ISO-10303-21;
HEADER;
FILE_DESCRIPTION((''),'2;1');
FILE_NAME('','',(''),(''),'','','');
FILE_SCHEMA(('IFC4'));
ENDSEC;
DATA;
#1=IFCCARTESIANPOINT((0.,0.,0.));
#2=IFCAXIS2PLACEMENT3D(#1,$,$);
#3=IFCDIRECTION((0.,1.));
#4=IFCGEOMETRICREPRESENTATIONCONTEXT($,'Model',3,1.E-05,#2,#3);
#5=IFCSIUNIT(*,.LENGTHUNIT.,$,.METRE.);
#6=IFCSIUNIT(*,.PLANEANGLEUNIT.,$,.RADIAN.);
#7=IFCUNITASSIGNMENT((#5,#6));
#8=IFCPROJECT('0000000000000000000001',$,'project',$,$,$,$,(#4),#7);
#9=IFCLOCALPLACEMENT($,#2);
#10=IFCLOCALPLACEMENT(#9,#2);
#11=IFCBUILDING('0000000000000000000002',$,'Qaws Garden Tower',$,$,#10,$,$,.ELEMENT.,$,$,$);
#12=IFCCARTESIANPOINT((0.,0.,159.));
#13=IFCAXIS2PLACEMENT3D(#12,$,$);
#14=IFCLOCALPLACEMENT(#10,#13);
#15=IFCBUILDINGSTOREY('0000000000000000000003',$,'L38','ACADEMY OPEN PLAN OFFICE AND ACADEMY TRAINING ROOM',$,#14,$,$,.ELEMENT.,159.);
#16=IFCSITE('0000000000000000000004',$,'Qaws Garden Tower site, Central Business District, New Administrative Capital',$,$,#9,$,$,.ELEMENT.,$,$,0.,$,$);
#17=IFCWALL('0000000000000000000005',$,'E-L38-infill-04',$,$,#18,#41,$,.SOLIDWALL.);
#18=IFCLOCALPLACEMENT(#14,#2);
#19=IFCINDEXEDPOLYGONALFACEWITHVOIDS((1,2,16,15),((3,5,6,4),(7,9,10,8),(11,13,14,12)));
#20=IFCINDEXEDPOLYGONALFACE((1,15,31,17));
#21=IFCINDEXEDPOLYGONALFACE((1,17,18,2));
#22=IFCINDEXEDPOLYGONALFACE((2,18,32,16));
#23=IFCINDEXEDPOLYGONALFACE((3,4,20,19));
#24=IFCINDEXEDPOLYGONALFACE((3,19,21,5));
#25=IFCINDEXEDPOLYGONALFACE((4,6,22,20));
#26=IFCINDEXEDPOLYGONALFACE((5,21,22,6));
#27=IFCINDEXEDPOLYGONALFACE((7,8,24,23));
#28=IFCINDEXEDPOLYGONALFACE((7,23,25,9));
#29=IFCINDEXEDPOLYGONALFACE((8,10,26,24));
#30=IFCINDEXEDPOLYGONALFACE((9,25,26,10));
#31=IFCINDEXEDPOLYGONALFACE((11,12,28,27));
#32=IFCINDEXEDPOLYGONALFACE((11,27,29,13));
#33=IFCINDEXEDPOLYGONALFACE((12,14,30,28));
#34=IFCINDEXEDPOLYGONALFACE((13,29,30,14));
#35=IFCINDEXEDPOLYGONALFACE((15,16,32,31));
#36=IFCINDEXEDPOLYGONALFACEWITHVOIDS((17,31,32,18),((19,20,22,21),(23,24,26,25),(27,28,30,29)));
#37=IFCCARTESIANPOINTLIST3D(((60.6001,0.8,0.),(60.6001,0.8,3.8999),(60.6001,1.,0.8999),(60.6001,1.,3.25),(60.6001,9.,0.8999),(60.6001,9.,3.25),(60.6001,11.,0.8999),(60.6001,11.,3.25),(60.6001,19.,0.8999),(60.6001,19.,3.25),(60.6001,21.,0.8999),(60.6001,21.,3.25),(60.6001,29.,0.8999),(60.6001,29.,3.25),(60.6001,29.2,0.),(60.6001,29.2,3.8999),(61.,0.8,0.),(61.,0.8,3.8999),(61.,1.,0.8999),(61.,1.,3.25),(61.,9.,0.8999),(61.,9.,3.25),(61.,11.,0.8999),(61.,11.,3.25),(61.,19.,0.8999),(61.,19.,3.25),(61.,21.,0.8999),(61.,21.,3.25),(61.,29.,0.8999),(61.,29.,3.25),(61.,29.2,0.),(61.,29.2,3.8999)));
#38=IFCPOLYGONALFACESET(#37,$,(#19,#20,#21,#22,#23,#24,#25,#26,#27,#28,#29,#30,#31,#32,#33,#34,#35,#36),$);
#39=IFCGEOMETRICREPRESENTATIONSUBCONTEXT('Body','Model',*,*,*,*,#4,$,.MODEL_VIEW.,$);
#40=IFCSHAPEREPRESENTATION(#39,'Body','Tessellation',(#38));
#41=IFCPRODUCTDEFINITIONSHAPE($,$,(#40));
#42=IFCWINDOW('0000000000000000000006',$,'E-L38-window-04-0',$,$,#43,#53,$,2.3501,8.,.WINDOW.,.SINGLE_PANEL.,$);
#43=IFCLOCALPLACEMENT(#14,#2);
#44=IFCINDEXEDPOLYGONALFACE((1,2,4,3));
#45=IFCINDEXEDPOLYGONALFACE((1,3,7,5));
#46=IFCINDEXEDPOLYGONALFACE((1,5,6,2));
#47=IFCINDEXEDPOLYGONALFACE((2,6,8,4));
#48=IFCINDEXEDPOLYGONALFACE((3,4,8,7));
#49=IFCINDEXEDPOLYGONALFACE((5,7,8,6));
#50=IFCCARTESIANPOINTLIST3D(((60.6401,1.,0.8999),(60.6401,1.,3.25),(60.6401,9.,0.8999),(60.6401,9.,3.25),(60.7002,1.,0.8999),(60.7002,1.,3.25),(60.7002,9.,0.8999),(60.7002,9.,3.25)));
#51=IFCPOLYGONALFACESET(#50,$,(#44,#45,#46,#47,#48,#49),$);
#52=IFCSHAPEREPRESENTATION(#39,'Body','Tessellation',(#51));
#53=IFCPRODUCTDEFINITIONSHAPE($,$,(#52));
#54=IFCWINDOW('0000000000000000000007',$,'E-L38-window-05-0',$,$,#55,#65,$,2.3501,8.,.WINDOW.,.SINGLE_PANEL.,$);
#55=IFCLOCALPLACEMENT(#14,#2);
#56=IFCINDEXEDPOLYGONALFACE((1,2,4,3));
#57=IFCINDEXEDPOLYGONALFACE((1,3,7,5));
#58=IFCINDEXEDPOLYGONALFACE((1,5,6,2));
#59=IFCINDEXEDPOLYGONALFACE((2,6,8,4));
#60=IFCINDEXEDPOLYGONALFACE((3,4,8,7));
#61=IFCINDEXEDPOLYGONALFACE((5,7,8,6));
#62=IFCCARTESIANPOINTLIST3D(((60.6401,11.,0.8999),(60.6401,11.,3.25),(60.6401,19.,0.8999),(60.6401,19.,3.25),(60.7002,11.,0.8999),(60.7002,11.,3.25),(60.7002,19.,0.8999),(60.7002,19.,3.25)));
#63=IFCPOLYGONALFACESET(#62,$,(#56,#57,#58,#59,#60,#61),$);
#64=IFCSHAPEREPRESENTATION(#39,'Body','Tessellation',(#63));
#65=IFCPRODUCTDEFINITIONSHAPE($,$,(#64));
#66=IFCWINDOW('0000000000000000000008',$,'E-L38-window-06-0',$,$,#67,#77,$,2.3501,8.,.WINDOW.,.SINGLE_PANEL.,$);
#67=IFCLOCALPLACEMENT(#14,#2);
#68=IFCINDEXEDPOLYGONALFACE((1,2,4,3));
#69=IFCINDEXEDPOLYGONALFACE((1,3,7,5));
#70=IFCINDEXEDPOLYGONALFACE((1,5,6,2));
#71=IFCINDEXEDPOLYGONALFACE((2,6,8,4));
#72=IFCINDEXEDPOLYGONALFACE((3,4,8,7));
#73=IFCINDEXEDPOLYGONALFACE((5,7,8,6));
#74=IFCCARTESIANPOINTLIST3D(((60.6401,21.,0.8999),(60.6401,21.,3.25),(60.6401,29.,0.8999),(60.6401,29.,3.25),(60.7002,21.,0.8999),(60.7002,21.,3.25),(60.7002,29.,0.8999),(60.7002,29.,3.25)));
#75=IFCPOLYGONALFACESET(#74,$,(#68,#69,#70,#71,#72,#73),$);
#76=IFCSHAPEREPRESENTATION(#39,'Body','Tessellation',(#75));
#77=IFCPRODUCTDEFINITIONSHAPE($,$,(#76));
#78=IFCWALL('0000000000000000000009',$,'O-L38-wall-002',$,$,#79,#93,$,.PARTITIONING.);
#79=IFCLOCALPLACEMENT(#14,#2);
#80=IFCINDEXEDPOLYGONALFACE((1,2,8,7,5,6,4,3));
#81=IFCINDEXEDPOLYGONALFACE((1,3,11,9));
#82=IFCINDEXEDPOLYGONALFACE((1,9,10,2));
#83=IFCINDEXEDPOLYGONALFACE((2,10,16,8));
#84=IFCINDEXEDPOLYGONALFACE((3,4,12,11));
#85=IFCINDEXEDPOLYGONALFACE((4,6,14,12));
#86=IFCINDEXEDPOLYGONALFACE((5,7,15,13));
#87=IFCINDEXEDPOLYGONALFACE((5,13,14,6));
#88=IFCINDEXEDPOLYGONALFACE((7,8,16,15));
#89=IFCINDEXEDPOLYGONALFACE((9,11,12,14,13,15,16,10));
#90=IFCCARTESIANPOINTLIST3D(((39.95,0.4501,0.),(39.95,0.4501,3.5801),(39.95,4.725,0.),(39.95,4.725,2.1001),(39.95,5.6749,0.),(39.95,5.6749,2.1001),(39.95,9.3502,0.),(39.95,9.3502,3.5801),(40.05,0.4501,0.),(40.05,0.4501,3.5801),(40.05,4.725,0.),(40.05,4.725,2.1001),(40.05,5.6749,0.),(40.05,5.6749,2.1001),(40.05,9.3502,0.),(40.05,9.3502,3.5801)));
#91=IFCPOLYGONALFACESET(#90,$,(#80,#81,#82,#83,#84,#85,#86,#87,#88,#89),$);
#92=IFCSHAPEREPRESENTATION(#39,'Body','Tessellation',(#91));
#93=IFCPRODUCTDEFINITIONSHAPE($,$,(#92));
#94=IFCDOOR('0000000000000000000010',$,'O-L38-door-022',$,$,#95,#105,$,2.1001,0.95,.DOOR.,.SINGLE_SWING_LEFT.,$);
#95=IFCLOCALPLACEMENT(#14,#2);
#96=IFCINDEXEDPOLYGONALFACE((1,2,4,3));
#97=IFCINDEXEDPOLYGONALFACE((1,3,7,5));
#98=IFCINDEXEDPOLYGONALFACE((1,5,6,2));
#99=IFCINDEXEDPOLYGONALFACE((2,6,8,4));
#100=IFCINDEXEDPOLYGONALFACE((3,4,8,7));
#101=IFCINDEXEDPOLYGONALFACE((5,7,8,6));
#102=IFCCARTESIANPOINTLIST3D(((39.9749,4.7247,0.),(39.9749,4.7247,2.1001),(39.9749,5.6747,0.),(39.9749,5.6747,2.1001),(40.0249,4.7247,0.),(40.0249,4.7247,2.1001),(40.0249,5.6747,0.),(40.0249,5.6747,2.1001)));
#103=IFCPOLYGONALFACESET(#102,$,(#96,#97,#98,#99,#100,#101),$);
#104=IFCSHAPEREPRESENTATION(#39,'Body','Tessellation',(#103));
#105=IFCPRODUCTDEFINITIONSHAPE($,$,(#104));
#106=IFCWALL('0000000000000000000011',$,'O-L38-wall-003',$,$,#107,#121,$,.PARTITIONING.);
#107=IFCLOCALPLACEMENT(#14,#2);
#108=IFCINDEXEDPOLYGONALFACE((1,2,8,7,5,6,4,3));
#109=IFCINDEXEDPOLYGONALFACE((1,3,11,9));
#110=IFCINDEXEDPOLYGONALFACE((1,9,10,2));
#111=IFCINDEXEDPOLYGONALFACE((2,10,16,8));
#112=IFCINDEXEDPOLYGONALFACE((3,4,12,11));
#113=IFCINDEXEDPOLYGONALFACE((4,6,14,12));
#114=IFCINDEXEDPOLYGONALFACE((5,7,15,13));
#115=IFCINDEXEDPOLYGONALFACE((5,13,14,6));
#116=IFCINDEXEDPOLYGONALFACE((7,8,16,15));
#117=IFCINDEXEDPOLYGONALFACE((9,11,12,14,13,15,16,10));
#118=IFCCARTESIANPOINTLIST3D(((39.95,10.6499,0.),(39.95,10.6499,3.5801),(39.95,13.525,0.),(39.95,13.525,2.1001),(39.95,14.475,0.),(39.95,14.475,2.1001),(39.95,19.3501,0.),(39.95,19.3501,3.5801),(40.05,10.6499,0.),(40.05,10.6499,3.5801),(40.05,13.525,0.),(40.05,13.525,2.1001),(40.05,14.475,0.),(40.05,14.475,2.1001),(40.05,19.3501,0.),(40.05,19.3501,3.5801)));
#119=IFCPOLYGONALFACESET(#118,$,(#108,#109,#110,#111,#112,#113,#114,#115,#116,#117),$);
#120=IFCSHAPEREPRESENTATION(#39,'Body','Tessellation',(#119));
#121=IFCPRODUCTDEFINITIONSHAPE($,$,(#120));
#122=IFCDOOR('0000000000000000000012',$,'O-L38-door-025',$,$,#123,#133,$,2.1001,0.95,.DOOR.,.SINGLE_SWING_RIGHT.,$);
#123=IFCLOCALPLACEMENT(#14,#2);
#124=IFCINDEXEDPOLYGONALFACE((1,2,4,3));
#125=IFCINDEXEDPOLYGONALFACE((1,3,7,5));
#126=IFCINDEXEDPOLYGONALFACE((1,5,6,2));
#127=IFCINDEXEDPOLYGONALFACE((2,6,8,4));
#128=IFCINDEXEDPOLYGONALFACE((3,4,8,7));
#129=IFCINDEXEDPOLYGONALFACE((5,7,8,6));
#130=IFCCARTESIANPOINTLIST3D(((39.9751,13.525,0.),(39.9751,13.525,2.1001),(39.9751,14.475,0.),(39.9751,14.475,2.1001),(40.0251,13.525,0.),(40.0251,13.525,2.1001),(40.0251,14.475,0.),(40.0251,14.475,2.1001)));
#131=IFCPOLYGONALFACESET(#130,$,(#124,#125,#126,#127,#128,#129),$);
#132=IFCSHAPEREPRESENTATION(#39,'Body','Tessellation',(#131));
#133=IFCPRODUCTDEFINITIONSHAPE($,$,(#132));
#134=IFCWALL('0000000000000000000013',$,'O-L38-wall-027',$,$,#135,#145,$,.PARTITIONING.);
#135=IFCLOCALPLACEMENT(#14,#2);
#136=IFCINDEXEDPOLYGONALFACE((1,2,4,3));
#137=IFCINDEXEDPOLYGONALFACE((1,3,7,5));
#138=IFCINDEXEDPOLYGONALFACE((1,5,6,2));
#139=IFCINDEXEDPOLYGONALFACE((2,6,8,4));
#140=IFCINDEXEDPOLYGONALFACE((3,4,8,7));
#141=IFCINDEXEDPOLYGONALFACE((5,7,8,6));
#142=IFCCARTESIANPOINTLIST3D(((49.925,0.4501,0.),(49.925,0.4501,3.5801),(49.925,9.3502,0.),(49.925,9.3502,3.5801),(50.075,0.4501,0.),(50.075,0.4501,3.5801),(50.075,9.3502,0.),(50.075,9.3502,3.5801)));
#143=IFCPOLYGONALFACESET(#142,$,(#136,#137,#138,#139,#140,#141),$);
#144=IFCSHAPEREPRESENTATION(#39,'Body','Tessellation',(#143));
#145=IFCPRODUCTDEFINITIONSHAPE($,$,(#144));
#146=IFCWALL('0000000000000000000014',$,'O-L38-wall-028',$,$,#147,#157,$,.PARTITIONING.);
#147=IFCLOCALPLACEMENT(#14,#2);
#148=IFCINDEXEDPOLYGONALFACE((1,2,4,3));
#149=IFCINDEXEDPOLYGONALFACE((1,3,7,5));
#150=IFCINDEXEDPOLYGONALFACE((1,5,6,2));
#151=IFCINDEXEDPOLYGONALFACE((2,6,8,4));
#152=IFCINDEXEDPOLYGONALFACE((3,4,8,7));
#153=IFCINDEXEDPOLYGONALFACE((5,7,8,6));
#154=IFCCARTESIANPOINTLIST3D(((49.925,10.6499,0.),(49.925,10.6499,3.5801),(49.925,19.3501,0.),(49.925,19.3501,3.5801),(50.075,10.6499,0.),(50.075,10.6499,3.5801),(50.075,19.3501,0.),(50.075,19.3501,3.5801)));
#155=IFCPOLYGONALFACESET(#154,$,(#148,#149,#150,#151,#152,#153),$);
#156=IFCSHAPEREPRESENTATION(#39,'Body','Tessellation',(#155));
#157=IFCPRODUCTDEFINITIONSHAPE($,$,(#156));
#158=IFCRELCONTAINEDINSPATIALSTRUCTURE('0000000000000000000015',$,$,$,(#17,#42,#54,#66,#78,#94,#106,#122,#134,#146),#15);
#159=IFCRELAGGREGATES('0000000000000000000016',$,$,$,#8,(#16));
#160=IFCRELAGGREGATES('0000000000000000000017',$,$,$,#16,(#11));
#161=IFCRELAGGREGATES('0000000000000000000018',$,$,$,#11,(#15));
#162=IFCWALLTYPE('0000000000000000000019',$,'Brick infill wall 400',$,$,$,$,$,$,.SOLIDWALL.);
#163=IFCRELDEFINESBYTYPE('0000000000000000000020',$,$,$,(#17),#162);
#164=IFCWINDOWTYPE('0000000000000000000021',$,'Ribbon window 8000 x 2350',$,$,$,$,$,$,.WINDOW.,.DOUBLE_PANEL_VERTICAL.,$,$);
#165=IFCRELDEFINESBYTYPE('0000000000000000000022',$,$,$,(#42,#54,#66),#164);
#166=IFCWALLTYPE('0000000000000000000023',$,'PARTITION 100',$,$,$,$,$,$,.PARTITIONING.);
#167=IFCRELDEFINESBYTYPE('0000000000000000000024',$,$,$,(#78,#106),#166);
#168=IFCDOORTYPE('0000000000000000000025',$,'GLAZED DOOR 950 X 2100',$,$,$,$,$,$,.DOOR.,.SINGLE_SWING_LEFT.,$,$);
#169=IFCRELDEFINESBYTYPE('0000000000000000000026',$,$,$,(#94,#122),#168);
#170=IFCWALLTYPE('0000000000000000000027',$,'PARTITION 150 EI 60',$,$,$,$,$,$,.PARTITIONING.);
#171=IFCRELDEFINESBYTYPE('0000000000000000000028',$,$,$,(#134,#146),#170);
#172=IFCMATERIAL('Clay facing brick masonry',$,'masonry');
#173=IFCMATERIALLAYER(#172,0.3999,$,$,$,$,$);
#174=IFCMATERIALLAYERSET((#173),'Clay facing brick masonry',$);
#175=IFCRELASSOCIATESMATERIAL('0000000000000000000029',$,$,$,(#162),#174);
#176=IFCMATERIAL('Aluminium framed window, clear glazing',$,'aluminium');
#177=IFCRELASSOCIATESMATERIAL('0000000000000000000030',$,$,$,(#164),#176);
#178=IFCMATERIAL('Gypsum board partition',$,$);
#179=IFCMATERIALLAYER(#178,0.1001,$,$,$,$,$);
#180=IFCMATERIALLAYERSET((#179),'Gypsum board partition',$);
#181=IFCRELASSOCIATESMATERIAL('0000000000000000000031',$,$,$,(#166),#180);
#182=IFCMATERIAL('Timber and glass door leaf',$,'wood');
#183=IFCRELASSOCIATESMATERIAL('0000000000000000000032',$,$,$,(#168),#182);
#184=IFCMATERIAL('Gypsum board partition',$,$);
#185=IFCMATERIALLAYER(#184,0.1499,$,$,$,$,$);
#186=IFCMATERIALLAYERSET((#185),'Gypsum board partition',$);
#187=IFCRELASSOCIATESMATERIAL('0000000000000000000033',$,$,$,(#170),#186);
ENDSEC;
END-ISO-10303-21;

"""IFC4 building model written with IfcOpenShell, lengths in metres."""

from ifc_helpers import new_model, si_unit, direction, frame, frame_2d, origin, place, context, subcontext, project, spatial, rectangle, extrude, material, layer, layer_set, type_object, element, fill, save


model = new_model("IFC4")

# Units and contexts
model_context = context("Model", 3, precision=1e-05, world=origin(), true_north=direction((0.0, 1.0)))
body_context = subcontext(model_context, "Body", "Model", "MODEL_VIEW")
ifc_project = project(units=[si_unit("LENGTHUNIT", "METRE"), si_unit("PLANEANGLEUNIT", "RADIAN")], contexts=[model_context])

# Site, building, storey
site_placement = place(None, origin())
site = spatial("IfcSite", under=ifc_project, at=site_placement, Name="Qaws Garden Tower site, Central Business District, New Administrative Capital", CompositionType="ELEMENT", RefElevation=0.0)
building_placement = place(site_placement, origin())
building = spatial("IfcBuilding", under=site, at=building_placement, Name="Qaws Garden Tower", CompositionType="ELEMENT")
storey_placement = place(building_placement, frame((0.0, 0.0, 159.0)))
storey = spatial("IfcBuildingStorey", under=building, at=storey_placement, Name="L38", Description="ACADEMY OPEN PLAN OFFICE AND ACADEMY TRAINING ROOM", CompositionType="ELEMENT", Elevation=159.0)

# Wall, openings, windows
ifc_material_1 = material(Name="Clay facing brick masonry", Category="masonry")
ifc_layer_1 = layer(ifc_material_1, 0.3999)
ifc_layer_set_1 = layer_set([ifc_layer_1], Name="Clay facing brick masonry")
wall_type_1 = type_object("IfcWallType", Name="Brick infill wall 400", PredefinedType="SOLIDWALL", material=ifc_layer_set_1)
wall_1_placement = place(storey_placement, frame((60.8, 0.8, 0.0), z_axis=(0.0, 0.0, 1.0), x_axis=(0.0, 1.0, 0.0)))
wall_1 = element("IfcWall", 1, at=wall_1_placement, inside=storey, type_object=wall_type_1, Name="E-L38-infill-04", PredefinedType="SOLIDWALL", context=body_context, shape_type="SweptSolid", body=[
    extrude(rectangle(XDim=28.3999, YDim=0.3999, at=frame_2d((14.2, 0.0))), origin(), (0.0, 0.0, 1.0), 3.8999),
])
opening_1_placement = place(wall_1_placement, frame((0.2, 0.0, 0.8999)))
opening_1 = element("IfcOpeningElement", 2, at=opening_1_placement, cuts=wall_1, PredefinedType="OPENING", context=body_context, shape_type="SweptSolid", body=[
    extrude(rectangle(XDim=8.0, YDim=2.3501, at=frame_2d((4.0, 1.175))), frame((0.0, 0.21, 0.0), z_axis=(0.0, -1.0, 0.0), x_axis=(1.0, 0.0, 0.0)), (0.0, 0.0, 1.0), 0.4199),
])
opening_2_placement = place(wall_1_placement, frame((10.2, 0.0, 0.8999)))
opening_2 = element("IfcOpeningElement", 3, at=opening_2_placement, cuts=wall_1, PredefinedType="OPENING", context=body_context, shape_type="SweptSolid", body=[
    extrude(rectangle(XDim=8.0, YDim=2.3501, at=frame_2d((4.0, 1.175))), frame((0.0, 0.21, 0.0), z_axis=(0.0, -1.0, 0.0), x_axis=(1.0, 0.0, 0.0)), (0.0, 0.0, 1.0), 0.4199),
])
opening_3_placement = place(wall_1_placement, frame((20.2, 0.0, 0.8999)))
opening_3 = element("IfcOpeningElement", 4, at=opening_3_placement, cuts=wall_1, PredefinedType="OPENING", context=body_context, shape_type="SweptSolid", body=[
    extrude(rectangle(XDim=8.0, YDim=2.3501, at=frame_2d((4.0, 1.175))), frame((0.0, 0.21, 0.0), z_axis=(0.0, -1.0, 0.0), x_axis=(1.0, 0.0, 0.0)), (0.0, 0.0, 1.0), 0.4199),
])
ifc_material_2 = material(Name="Aluminium framed window, clear glazing", Category="aluminium")
window_type = type_object("IfcWindowType", Name="Ribbon window 8000 x 2350", PartitioningType="DOUBLE_PANEL_VERTICAL", PredefinedType="WINDOW", material=ifc_material_2)
window_1_placement = place(opening_1_placement, origin())
window_1 = element("IfcWindow", 5, at=window_1_placement, inside=storey, type_object=window_type, Name="E-L38-window-04-0", OverallHeight=2.3501, OverallWidth=8.0, PartitioningType="SINGLE_PANEL", PredefinedType="WINDOW", context=body_context, shape_type="SweptSolid", body=[
    extrude(rectangle(XDim=8.0, YDim=2.3501, at=frame_2d((4.0, 1.175))), frame((0.0, 0.1599, 0.0), z_axis=(0.0, -1.0, 0.0), x_axis=(1.0, 0.0, 0.0)), (0.0, 0.0, 1.0), 0.0601),
])
fill(opening_1, window_1)
window_2_placement = place(opening_2_placement, origin())
window_2 = element("IfcWindow", 6, at=window_2_placement, inside=storey, type_object=window_type, Name="E-L38-window-05-0", OverallHeight=2.3501, OverallWidth=8.0, PartitioningType="SINGLE_PANEL", PredefinedType="WINDOW", context=body_context, shape_type="SweptSolid", body=[
    extrude(rectangle(XDim=8.0, YDim=2.3501, at=frame_2d((4.0, 1.175))), frame((0.0, 0.1599, 0.0), z_axis=(0.0, -1.0, 0.0), x_axis=(1.0, 0.0, 0.0)), (0.0, 0.0, 1.0), 0.0601),
])
fill(opening_2, window_2)
window_3_placement = place(opening_3_placement, origin())
window_3 = element("IfcWindow", 7, at=window_3_placement, inside=storey, type_object=window_type, Name="E-L38-window-06-0", OverallHeight=2.3501, OverallWidth=8.0, PartitioningType="SINGLE_PANEL", PredefinedType="WINDOW", context=body_context, shape_type="SweptSolid", body=[
    extrude(rectangle(XDim=8.0, YDim=2.3501, at=frame_2d((4.0, 1.175))), frame((0.0, 0.1599, 0.0), z_axis=(0.0, -1.0, 0.0), x_axis=(1.0, 0.0, 0.0)), (0.0, 0.0, 1.0), 0.0601),
])
fill(opening_3, window_3)

# Walls, openings, doors
ifc_material_3 = material(Name="Gypsum board partition")
ifc_layer_2 = layer(ifc_material_3, 0.1001)
ifc_layer_set_2 = layer_set([ifc_layer_2], Name="Gypsum board partition")
wall_type_2 = type_object("IfcWallType", Name="PARTITION 100", PredefinedType="PARTITIONING", material=ifc_layer_set_2)
wall_2_placement = place(storey_placement, frame((40.0, 0.45, 0.0), z_axis=(0.0, 0.0, 1.0), x_axis=(0.0, 1.0, 0.0)))
wall_2 = element("IfcWall", 8, at=wall_2_placement, inside=storey, type_object=wall_type_2, Name="O-L38-wall-002", PredefinedType="PARTITIONING", context=body_context, shape_type="SweptSolid", body=[
    extrude(rectangle(XDim=8.9001, YDim=0.1001, at=frame_2d((4.4502, 0.0))), origin(), (0.0, 0.0, 1.0), 3.5801),
])
opening_4_placement = place(wall_2_placement, frame((4.2749, 0.0, 0.0)))
opening_4 = element("IfcOpeningElement", 9, at=opening_4_placement, cuts=wall_2, PredefinedType="OPENING", context=body_context, shape_type="SweptSolid", body=[
    extrude(rectangle(XDim=0.95, YDim=2.1001, at=frame_2d((0.4751, 1.05))), frame((0.0, 0.0601, 0.0), z_axis=(0.0, -1.0, 0.0), x_axis=(1.0, 0.0, 0.0)), (0.0, 0.0, 1.0), 0.1201),
])
ifc_material_4 = material(Name="Timber and glass door leaf", Category="wood")
door_type = type_object("IfcDoorType", Name="GLAZED DOOR 950 X 2100", OperationType="SINGLE_SWING_LEFT", PredefinedType="DOOR", material=ifc_material_4)
door_1_placement = place(opening_4_placement, frame((0.95, 0.0, 0.0), z_axis=(0.0, 0.0, 1.0), x_axis=(-1.0, 0.0, 0.0)))
door_1 = element("IfcDoor", 10, at=door_1_placement, inside=storey, type_object=door_type, Name="O-L38-door-022", OperationType="SINGLE_SWING_LEFT", OverallHeight=2.1001, OverallWidth=0.95, PredefinedType="DOOR", context=body_context, shape_type="SweptSolid", body=[
    extrude(rectangle(XDim=0.95, YDim=2.1001, at=frame_2d((0.4751, 1.05))), frame((0.0, 0.0249, 0.0), z_axis=(0.0, -1.0, 0.0), x_axis=(1.0, 0.0, 0.0)), (0.0, 0.0, 1.0), 0.05),
])
fill(opening_4, door_1)
wall_3_placement = place(storey_placement, frame((40.0, 10.6499, 0.0), z_axis=(0.0, 0.0, 1.0), x_axis=(0.0, 1.0, 0.0)))
wall_3 = element("IfcWall", 11, at=wall_3_placement, inside=storey, type_object=wall_type_2, Name="O-L38-wall-003", PredefinedType="PARTITIONING", context=body_context, shape_type="SweptSolid", body=[
    extrude(rectangle(XDim=8.7002, YDim=0.1001, at=frame_2d((4.3501, 0.0))), origin(), (0.0, 0.0, 1.0), 3.5801),
])
opening_5_placement = place(wall_3_placement, frame((2.875, 0.0, 0.0)))
opening_5 = element("IfcOpeningElement", 12, at=opening_5_placement, cuts=wall_3, PredefinedType="OPENING", context=body_context, shape_type="SweptSolid", body=[
    extrude(rectangle(XDim=0.95, YDim=2.1001, at=frame_2d((0.4751, 1.05))), frame((0.0, 0.0601, 0.0), z_axis=(0.0, -1.0, 0.0), x_axis=(1.0, 0.0, 0.0)), (0.0, 0.0, 1.0), 0.1201),
])
door_2_placement = place(opening_5_placement, origin())
door_2 = element("IfcDoor", 13, at=door_2_placement, inside=storey, type_object=door_type, Name="O-L38-door-025", OperationType="SINGLE_SWING_RIGHT", OverallHeight=2.1001, OverallWidth=0.95, PredefinedType="DOOR", context=body_context, shape_type="SweptSolid", body=[
    extrude(rectangle(XDim=0.95, YDim=2.1001, at=frame_2d((0.4751, 1.05))), frame((0.0, 0.0249, 0.0), z_axis=(0.0, -1.0, 0.0), x_axis=(1.0, 0.0, 0.0)), (0.0, 0.0, 1.0), 0.05),
])
fill(opening_5, door_2)

# Walls
ifc_material_5 = material(Name="Gypsum board partition")
ifc_layer_3 = layer(ifc_material_5, 0.1499)
ifc_layer_set_3 = layer_set([ifc_layer_3], Name="Gypsum board partition")
wall_type_3 = type_object("IfcWallType", Name="PARTITION 150 EI 60", PredefinedType="PARTITIONING", material=ifc_layer_set_3)
wall_4_placement = place(storey_placement, frame((50.0, 0.45, 0.0), z_axis=(0.0, 0.0, 1.0), x_axis=(0.0, 1.0, 0.0)))
element("IfcWall", 14, at=wall_4_placement, inside=storey, type_object=wall_type_3, Name="O-L38-wall-027", PredefinedType="PARTITIONING", context=body_context, shape_type="SweptSolid", body=[
    extrude(rectangle(XDim=8.9001, YDim=0.1499, at=frame_2d((4.4502, 0.0))), origin(), (0.0, 0.0, 1.0), 3.5801),
])
wall_5_placement = place(storey_placement, frame((50.0, 10.6499, 0.0), z_axis=(0.0, 0.0, 1.0), x_axis=(0.0, 1.0, 0.0)))
element("IfcWall", 15, at=wall_5_placement, inside=storey, type_object=wall_type_3, Name="O-L38-wall-028", PredefinedType="PARTITIONING", context=body_context, shape_type="SweptSolid", body=[
    extrude(rectangle(XDim=8.7002, YDim=0.1499, at=frame_2d((4.3501, 0.0))), origin(), (0.0, 0.0, 1.0), 3.5801),
])

save(model, "model.ifc")
